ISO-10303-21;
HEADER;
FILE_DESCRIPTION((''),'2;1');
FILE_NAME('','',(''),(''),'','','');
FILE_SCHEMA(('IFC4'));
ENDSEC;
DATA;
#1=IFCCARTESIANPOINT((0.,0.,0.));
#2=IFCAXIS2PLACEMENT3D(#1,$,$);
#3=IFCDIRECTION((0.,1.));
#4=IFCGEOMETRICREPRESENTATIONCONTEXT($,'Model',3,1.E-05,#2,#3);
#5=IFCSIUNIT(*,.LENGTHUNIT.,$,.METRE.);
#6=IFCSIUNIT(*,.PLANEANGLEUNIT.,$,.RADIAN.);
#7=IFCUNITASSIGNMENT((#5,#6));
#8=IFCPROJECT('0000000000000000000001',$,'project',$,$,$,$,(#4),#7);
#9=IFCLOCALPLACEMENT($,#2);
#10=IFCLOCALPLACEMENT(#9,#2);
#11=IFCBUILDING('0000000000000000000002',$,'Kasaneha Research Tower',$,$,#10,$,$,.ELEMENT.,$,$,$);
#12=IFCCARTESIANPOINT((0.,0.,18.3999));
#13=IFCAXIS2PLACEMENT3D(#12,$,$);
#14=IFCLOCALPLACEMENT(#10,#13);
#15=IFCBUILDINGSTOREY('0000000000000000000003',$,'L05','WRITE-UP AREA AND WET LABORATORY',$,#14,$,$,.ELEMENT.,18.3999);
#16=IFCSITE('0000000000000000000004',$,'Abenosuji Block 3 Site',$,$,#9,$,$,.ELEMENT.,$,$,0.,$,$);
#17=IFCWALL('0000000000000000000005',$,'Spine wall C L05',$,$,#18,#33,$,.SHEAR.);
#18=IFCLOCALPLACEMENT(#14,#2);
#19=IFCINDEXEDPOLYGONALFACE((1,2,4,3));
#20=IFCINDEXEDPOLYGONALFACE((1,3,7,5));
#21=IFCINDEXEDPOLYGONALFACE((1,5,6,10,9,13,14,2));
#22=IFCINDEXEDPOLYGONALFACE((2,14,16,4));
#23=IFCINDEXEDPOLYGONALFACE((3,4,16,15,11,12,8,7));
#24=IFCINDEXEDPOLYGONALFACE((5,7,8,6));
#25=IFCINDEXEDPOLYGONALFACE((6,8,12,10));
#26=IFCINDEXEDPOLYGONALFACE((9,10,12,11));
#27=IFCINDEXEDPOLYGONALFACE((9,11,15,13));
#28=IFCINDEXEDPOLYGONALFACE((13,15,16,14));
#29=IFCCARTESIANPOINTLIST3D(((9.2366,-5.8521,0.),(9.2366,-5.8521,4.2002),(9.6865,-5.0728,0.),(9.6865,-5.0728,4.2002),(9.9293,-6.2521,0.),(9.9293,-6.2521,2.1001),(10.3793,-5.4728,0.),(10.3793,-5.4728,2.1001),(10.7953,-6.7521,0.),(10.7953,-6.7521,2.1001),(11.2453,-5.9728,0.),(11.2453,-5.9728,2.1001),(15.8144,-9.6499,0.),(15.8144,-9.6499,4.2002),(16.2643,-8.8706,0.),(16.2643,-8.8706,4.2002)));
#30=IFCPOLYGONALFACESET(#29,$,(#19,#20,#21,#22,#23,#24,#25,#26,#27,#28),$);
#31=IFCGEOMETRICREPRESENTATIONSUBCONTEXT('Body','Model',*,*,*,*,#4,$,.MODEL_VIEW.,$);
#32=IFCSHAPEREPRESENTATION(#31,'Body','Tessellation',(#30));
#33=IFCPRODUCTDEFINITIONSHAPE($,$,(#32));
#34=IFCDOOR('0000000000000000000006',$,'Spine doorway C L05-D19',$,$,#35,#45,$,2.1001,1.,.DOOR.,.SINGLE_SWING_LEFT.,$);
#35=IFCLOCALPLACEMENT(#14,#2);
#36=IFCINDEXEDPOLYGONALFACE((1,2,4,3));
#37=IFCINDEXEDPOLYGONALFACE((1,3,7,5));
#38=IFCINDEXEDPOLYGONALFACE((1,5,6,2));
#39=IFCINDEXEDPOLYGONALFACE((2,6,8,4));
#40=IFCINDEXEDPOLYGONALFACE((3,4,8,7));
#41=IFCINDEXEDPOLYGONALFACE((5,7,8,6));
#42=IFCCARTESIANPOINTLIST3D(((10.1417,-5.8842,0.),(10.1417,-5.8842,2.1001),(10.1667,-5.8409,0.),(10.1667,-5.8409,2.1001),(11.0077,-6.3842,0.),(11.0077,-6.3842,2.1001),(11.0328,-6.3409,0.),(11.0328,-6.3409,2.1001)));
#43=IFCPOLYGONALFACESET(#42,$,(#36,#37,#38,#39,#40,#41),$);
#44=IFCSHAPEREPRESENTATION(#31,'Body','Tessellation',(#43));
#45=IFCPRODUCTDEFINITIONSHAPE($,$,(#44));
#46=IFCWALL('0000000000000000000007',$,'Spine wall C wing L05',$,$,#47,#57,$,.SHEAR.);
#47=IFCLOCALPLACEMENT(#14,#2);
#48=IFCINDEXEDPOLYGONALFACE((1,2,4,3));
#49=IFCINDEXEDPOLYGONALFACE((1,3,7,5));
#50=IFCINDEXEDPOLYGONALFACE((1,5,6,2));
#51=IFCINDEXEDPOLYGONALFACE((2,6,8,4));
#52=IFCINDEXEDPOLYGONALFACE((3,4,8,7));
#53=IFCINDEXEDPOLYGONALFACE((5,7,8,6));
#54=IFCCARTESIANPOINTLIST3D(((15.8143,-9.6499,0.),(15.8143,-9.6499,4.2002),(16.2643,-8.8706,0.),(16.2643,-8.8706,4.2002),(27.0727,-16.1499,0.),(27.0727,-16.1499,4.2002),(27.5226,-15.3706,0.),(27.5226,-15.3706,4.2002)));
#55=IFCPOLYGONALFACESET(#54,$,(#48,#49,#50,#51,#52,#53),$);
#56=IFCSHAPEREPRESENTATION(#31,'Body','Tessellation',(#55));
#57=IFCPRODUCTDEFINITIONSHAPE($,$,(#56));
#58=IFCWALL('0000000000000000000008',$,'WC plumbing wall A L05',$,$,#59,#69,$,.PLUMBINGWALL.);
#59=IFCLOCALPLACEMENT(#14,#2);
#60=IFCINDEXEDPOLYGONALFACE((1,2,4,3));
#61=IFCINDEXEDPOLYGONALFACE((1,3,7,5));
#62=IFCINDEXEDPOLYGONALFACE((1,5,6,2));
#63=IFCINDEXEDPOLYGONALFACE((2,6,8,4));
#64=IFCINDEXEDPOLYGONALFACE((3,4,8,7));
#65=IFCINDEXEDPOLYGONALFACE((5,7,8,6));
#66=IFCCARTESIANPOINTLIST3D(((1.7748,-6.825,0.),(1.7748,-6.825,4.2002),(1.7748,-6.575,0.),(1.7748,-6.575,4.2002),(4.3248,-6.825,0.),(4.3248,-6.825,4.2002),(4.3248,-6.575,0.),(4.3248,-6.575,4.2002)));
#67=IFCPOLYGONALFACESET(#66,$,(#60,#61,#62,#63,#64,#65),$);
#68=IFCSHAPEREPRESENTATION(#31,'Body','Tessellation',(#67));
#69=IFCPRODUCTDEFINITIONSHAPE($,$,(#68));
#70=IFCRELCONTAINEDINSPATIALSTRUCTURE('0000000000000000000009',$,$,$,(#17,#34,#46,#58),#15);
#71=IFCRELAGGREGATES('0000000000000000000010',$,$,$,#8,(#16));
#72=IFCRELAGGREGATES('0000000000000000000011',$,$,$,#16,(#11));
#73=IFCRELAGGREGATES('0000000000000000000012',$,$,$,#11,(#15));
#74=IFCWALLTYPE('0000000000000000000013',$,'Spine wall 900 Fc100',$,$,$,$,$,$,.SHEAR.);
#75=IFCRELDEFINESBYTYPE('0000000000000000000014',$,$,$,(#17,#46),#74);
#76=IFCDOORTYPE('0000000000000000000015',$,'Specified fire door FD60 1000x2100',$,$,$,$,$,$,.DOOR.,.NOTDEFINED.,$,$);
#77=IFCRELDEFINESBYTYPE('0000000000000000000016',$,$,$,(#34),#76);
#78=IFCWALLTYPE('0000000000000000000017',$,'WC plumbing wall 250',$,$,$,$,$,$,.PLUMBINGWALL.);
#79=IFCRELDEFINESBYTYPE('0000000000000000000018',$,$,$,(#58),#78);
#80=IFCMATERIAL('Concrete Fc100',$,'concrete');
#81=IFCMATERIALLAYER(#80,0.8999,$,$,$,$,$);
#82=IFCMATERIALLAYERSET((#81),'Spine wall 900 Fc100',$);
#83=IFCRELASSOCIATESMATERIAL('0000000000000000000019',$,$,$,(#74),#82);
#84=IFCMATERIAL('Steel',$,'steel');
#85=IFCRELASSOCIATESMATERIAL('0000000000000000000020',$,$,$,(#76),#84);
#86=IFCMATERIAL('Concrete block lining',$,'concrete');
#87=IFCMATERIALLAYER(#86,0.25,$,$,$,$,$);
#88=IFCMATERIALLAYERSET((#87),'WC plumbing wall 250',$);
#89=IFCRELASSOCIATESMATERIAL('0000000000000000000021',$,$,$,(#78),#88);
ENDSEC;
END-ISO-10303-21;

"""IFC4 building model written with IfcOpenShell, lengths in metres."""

from ifc_helpers import new_model, si_unit, direction, frame, frame_2d, origin, place, context, subcontext, project, spatial, rectangle, extrude, material, layer, layer_set, type_object, element, fill, save


model = new_model("IFC4")

# Units and contexts
model_context = context("Model", 3, precision=1e-05, world=origin(), true_north=direction((0.0, 1.0)))
body_context = subcontext(model_context, "Body", "Model", "MODEL_VIEW")
ifc_project = project(units=[si_unit("LENGTHUNIT", "METRE"), si_unit("PLANEANGLEUNIT", "RADIAN")], contexts=[model_context])

# Site, building, storey
site_placement = place(None, origin())
site = spatial("IfcSite", under=ifc_project, at=site_placement, Name="Abenosuji Block 3 Site", CompositionType="ELEMENT", RefElevation=0.0)
building_placement = place(site_placement, origin())
building = spatial("IfcBuilding", under=site, at=building_placement, Name="Kasaneha Research Tower", CompositionType="ELEMENT")
storey_placement = place(building_placement, frame((0.0, 0.0, 18.3999)))
storey = spatial("IfcBuildingStorey", under=building, at=storey_placement, Name="L05", Description="WRITE-UP AREA AND WET LABORATORY", CompositionType="ELEMENT", Elevation=18.3999)

# Wall, opening, door
ifc_material_1 = material(Name="Concrete Fc100", Category="concrete")
ifc_layer_1 = layer(ifc_material_1, 0.8999)
ifc_layer_set_1 = layer_set([ifc_layer_1], Name="Spine wall 900 Fc100")
wall_type_1 = type_object("IfcWallType", Name="Spine wall 900 Fc100", PredefinedType="SHEAR", material=ifc_layer_set_1)
wall_1_placement = place(storey_placement, frame((9.4614, -5.4624, 0.0), z_axis=(0.0, 0.0, 1.0), x_axis=(0.866019, -0.500011, 0.0)))
wall_1 = element("IfcWall", 1, at=wall_1_placement, inside=storey, type_object=wall_type_1, Name="Spine wall C L05", PredefinedType="SHEAR", context=body_context, shape_type="SweptSolid", body=[
    extrude(rectangle(XDim=7.5955, YDim=0.8999, at=frame_2d((3.7979, 0.0))), origin(), (0.0, 0.0, 1.0), 4.2002),
])
opening_1_placement = place(wall_1_placement, frame((0.8, 0.0, 0.0)))
opening_1 = element("IfcOpeningElement", 2, at=opening_1_placement, cuts=wall_1, PredefinedType="OPENING", context=body_context, shape_type="SweptSolid", body=[
    extrude(rectangle(XDim=1.0, YDim=2.1001, at=frame_2d((0.5, 1.05))), frame((0.0, 0.46, 0.0), z_axis=(0.0, -1.0, 0.0), x_axis=(1.0, 0.0, 0.0)), (0.0, 0.0, 1.0), 0.9199),
])
ifc_material_2 = material(Name="Steel", Category="steel")
door_type_1 = type_object("IfcDoorType", Name="Specified fire door FD60 1000x2100", OperationType="NOTDEFINED", PredefinedType="DOOR", material=ifc_material_2)
door_1_placement = place(opening_1_placement, origin())
door_1 = element("IfcDoor", 3, at=door_1_placement, inside=storey, type_object=door_type_1, Name="Spine doorway C L05-D19", OperationType="SINGLE_SWING_LEFT", OverallHeight=2.1001, OverallWidth=1.0, PredefinedType="DOOR", context=body_context, shape_type="SweptSolid", body=[
    extrude(rectangle(XDim=1.0, YDim=2.1001, at=frame_2d((0.5, 1.05))), frame((0.0, 0.0249, 0.0), z_axis=(0.0, -1.0, 0.0), x_axis=(1.0, 0.0, 0.0)), (0.0, 0.0, 1.0), 0.05),
])
fill(opening_1, door_1)

# Walls
wall_2_placement = place(storey_placement, frame((16.0393, -9.2603, 0.0), z_axis=(0.0, 0.0, 1.0), x_axis=(0.866025, -0.500001, 0.0)))
element("IfcWall", 4, at=wall_2_placement, inside=storey, type_object=wall_type_1, Name="Spine wall C wing L05", PredefinedType="SHEAR", context=body_context, shape_type="SweptSolid", body=[
    extrude(rectangle(XDim=13.0, YDim=0.8999, at=frame_2d((6.5, 0.0))), origin(), (0.0, 0.0, 1.0), 4.2002),
])
ifc_material_3 = material(Name="Concrete block lining", Category="concrete")
ifc_layer_2 = layer(ifc_material_3, 0.25)
ifc_layer_set_2 = layer_set([ifc_layer_2], Name="WC plumbing wall 250")
wall_type_2 = type_object("IfcWallType", Name="WC plumbing wall 250", PredefinedType="PLUMBINGWALL", material=ifc_layer_set_2)
wall_3_placement = place(storey_placement, frame((1.7749, -6.7, 0.0), z_axis=(0.0, 0.0, 1.0), x_axis=(1.0, 0.0, 0.0)))
element("IfcWall", 5, at=wall_3_placement, inside=storey, type_object=wall_type_2, Name="WC plumbing wall A L05", PredefinedType="PLUMBINGWALL", context=body_context, shape_type="SweptSolid", body=[
    extrude(rectangle(XDim=2.55, YDim=0.25, at=frame_2d((1.2749, 0.0))), origin(), (0.0, 0.0, 1.0), 4.2002),
])

save(model, "model.ifc")
